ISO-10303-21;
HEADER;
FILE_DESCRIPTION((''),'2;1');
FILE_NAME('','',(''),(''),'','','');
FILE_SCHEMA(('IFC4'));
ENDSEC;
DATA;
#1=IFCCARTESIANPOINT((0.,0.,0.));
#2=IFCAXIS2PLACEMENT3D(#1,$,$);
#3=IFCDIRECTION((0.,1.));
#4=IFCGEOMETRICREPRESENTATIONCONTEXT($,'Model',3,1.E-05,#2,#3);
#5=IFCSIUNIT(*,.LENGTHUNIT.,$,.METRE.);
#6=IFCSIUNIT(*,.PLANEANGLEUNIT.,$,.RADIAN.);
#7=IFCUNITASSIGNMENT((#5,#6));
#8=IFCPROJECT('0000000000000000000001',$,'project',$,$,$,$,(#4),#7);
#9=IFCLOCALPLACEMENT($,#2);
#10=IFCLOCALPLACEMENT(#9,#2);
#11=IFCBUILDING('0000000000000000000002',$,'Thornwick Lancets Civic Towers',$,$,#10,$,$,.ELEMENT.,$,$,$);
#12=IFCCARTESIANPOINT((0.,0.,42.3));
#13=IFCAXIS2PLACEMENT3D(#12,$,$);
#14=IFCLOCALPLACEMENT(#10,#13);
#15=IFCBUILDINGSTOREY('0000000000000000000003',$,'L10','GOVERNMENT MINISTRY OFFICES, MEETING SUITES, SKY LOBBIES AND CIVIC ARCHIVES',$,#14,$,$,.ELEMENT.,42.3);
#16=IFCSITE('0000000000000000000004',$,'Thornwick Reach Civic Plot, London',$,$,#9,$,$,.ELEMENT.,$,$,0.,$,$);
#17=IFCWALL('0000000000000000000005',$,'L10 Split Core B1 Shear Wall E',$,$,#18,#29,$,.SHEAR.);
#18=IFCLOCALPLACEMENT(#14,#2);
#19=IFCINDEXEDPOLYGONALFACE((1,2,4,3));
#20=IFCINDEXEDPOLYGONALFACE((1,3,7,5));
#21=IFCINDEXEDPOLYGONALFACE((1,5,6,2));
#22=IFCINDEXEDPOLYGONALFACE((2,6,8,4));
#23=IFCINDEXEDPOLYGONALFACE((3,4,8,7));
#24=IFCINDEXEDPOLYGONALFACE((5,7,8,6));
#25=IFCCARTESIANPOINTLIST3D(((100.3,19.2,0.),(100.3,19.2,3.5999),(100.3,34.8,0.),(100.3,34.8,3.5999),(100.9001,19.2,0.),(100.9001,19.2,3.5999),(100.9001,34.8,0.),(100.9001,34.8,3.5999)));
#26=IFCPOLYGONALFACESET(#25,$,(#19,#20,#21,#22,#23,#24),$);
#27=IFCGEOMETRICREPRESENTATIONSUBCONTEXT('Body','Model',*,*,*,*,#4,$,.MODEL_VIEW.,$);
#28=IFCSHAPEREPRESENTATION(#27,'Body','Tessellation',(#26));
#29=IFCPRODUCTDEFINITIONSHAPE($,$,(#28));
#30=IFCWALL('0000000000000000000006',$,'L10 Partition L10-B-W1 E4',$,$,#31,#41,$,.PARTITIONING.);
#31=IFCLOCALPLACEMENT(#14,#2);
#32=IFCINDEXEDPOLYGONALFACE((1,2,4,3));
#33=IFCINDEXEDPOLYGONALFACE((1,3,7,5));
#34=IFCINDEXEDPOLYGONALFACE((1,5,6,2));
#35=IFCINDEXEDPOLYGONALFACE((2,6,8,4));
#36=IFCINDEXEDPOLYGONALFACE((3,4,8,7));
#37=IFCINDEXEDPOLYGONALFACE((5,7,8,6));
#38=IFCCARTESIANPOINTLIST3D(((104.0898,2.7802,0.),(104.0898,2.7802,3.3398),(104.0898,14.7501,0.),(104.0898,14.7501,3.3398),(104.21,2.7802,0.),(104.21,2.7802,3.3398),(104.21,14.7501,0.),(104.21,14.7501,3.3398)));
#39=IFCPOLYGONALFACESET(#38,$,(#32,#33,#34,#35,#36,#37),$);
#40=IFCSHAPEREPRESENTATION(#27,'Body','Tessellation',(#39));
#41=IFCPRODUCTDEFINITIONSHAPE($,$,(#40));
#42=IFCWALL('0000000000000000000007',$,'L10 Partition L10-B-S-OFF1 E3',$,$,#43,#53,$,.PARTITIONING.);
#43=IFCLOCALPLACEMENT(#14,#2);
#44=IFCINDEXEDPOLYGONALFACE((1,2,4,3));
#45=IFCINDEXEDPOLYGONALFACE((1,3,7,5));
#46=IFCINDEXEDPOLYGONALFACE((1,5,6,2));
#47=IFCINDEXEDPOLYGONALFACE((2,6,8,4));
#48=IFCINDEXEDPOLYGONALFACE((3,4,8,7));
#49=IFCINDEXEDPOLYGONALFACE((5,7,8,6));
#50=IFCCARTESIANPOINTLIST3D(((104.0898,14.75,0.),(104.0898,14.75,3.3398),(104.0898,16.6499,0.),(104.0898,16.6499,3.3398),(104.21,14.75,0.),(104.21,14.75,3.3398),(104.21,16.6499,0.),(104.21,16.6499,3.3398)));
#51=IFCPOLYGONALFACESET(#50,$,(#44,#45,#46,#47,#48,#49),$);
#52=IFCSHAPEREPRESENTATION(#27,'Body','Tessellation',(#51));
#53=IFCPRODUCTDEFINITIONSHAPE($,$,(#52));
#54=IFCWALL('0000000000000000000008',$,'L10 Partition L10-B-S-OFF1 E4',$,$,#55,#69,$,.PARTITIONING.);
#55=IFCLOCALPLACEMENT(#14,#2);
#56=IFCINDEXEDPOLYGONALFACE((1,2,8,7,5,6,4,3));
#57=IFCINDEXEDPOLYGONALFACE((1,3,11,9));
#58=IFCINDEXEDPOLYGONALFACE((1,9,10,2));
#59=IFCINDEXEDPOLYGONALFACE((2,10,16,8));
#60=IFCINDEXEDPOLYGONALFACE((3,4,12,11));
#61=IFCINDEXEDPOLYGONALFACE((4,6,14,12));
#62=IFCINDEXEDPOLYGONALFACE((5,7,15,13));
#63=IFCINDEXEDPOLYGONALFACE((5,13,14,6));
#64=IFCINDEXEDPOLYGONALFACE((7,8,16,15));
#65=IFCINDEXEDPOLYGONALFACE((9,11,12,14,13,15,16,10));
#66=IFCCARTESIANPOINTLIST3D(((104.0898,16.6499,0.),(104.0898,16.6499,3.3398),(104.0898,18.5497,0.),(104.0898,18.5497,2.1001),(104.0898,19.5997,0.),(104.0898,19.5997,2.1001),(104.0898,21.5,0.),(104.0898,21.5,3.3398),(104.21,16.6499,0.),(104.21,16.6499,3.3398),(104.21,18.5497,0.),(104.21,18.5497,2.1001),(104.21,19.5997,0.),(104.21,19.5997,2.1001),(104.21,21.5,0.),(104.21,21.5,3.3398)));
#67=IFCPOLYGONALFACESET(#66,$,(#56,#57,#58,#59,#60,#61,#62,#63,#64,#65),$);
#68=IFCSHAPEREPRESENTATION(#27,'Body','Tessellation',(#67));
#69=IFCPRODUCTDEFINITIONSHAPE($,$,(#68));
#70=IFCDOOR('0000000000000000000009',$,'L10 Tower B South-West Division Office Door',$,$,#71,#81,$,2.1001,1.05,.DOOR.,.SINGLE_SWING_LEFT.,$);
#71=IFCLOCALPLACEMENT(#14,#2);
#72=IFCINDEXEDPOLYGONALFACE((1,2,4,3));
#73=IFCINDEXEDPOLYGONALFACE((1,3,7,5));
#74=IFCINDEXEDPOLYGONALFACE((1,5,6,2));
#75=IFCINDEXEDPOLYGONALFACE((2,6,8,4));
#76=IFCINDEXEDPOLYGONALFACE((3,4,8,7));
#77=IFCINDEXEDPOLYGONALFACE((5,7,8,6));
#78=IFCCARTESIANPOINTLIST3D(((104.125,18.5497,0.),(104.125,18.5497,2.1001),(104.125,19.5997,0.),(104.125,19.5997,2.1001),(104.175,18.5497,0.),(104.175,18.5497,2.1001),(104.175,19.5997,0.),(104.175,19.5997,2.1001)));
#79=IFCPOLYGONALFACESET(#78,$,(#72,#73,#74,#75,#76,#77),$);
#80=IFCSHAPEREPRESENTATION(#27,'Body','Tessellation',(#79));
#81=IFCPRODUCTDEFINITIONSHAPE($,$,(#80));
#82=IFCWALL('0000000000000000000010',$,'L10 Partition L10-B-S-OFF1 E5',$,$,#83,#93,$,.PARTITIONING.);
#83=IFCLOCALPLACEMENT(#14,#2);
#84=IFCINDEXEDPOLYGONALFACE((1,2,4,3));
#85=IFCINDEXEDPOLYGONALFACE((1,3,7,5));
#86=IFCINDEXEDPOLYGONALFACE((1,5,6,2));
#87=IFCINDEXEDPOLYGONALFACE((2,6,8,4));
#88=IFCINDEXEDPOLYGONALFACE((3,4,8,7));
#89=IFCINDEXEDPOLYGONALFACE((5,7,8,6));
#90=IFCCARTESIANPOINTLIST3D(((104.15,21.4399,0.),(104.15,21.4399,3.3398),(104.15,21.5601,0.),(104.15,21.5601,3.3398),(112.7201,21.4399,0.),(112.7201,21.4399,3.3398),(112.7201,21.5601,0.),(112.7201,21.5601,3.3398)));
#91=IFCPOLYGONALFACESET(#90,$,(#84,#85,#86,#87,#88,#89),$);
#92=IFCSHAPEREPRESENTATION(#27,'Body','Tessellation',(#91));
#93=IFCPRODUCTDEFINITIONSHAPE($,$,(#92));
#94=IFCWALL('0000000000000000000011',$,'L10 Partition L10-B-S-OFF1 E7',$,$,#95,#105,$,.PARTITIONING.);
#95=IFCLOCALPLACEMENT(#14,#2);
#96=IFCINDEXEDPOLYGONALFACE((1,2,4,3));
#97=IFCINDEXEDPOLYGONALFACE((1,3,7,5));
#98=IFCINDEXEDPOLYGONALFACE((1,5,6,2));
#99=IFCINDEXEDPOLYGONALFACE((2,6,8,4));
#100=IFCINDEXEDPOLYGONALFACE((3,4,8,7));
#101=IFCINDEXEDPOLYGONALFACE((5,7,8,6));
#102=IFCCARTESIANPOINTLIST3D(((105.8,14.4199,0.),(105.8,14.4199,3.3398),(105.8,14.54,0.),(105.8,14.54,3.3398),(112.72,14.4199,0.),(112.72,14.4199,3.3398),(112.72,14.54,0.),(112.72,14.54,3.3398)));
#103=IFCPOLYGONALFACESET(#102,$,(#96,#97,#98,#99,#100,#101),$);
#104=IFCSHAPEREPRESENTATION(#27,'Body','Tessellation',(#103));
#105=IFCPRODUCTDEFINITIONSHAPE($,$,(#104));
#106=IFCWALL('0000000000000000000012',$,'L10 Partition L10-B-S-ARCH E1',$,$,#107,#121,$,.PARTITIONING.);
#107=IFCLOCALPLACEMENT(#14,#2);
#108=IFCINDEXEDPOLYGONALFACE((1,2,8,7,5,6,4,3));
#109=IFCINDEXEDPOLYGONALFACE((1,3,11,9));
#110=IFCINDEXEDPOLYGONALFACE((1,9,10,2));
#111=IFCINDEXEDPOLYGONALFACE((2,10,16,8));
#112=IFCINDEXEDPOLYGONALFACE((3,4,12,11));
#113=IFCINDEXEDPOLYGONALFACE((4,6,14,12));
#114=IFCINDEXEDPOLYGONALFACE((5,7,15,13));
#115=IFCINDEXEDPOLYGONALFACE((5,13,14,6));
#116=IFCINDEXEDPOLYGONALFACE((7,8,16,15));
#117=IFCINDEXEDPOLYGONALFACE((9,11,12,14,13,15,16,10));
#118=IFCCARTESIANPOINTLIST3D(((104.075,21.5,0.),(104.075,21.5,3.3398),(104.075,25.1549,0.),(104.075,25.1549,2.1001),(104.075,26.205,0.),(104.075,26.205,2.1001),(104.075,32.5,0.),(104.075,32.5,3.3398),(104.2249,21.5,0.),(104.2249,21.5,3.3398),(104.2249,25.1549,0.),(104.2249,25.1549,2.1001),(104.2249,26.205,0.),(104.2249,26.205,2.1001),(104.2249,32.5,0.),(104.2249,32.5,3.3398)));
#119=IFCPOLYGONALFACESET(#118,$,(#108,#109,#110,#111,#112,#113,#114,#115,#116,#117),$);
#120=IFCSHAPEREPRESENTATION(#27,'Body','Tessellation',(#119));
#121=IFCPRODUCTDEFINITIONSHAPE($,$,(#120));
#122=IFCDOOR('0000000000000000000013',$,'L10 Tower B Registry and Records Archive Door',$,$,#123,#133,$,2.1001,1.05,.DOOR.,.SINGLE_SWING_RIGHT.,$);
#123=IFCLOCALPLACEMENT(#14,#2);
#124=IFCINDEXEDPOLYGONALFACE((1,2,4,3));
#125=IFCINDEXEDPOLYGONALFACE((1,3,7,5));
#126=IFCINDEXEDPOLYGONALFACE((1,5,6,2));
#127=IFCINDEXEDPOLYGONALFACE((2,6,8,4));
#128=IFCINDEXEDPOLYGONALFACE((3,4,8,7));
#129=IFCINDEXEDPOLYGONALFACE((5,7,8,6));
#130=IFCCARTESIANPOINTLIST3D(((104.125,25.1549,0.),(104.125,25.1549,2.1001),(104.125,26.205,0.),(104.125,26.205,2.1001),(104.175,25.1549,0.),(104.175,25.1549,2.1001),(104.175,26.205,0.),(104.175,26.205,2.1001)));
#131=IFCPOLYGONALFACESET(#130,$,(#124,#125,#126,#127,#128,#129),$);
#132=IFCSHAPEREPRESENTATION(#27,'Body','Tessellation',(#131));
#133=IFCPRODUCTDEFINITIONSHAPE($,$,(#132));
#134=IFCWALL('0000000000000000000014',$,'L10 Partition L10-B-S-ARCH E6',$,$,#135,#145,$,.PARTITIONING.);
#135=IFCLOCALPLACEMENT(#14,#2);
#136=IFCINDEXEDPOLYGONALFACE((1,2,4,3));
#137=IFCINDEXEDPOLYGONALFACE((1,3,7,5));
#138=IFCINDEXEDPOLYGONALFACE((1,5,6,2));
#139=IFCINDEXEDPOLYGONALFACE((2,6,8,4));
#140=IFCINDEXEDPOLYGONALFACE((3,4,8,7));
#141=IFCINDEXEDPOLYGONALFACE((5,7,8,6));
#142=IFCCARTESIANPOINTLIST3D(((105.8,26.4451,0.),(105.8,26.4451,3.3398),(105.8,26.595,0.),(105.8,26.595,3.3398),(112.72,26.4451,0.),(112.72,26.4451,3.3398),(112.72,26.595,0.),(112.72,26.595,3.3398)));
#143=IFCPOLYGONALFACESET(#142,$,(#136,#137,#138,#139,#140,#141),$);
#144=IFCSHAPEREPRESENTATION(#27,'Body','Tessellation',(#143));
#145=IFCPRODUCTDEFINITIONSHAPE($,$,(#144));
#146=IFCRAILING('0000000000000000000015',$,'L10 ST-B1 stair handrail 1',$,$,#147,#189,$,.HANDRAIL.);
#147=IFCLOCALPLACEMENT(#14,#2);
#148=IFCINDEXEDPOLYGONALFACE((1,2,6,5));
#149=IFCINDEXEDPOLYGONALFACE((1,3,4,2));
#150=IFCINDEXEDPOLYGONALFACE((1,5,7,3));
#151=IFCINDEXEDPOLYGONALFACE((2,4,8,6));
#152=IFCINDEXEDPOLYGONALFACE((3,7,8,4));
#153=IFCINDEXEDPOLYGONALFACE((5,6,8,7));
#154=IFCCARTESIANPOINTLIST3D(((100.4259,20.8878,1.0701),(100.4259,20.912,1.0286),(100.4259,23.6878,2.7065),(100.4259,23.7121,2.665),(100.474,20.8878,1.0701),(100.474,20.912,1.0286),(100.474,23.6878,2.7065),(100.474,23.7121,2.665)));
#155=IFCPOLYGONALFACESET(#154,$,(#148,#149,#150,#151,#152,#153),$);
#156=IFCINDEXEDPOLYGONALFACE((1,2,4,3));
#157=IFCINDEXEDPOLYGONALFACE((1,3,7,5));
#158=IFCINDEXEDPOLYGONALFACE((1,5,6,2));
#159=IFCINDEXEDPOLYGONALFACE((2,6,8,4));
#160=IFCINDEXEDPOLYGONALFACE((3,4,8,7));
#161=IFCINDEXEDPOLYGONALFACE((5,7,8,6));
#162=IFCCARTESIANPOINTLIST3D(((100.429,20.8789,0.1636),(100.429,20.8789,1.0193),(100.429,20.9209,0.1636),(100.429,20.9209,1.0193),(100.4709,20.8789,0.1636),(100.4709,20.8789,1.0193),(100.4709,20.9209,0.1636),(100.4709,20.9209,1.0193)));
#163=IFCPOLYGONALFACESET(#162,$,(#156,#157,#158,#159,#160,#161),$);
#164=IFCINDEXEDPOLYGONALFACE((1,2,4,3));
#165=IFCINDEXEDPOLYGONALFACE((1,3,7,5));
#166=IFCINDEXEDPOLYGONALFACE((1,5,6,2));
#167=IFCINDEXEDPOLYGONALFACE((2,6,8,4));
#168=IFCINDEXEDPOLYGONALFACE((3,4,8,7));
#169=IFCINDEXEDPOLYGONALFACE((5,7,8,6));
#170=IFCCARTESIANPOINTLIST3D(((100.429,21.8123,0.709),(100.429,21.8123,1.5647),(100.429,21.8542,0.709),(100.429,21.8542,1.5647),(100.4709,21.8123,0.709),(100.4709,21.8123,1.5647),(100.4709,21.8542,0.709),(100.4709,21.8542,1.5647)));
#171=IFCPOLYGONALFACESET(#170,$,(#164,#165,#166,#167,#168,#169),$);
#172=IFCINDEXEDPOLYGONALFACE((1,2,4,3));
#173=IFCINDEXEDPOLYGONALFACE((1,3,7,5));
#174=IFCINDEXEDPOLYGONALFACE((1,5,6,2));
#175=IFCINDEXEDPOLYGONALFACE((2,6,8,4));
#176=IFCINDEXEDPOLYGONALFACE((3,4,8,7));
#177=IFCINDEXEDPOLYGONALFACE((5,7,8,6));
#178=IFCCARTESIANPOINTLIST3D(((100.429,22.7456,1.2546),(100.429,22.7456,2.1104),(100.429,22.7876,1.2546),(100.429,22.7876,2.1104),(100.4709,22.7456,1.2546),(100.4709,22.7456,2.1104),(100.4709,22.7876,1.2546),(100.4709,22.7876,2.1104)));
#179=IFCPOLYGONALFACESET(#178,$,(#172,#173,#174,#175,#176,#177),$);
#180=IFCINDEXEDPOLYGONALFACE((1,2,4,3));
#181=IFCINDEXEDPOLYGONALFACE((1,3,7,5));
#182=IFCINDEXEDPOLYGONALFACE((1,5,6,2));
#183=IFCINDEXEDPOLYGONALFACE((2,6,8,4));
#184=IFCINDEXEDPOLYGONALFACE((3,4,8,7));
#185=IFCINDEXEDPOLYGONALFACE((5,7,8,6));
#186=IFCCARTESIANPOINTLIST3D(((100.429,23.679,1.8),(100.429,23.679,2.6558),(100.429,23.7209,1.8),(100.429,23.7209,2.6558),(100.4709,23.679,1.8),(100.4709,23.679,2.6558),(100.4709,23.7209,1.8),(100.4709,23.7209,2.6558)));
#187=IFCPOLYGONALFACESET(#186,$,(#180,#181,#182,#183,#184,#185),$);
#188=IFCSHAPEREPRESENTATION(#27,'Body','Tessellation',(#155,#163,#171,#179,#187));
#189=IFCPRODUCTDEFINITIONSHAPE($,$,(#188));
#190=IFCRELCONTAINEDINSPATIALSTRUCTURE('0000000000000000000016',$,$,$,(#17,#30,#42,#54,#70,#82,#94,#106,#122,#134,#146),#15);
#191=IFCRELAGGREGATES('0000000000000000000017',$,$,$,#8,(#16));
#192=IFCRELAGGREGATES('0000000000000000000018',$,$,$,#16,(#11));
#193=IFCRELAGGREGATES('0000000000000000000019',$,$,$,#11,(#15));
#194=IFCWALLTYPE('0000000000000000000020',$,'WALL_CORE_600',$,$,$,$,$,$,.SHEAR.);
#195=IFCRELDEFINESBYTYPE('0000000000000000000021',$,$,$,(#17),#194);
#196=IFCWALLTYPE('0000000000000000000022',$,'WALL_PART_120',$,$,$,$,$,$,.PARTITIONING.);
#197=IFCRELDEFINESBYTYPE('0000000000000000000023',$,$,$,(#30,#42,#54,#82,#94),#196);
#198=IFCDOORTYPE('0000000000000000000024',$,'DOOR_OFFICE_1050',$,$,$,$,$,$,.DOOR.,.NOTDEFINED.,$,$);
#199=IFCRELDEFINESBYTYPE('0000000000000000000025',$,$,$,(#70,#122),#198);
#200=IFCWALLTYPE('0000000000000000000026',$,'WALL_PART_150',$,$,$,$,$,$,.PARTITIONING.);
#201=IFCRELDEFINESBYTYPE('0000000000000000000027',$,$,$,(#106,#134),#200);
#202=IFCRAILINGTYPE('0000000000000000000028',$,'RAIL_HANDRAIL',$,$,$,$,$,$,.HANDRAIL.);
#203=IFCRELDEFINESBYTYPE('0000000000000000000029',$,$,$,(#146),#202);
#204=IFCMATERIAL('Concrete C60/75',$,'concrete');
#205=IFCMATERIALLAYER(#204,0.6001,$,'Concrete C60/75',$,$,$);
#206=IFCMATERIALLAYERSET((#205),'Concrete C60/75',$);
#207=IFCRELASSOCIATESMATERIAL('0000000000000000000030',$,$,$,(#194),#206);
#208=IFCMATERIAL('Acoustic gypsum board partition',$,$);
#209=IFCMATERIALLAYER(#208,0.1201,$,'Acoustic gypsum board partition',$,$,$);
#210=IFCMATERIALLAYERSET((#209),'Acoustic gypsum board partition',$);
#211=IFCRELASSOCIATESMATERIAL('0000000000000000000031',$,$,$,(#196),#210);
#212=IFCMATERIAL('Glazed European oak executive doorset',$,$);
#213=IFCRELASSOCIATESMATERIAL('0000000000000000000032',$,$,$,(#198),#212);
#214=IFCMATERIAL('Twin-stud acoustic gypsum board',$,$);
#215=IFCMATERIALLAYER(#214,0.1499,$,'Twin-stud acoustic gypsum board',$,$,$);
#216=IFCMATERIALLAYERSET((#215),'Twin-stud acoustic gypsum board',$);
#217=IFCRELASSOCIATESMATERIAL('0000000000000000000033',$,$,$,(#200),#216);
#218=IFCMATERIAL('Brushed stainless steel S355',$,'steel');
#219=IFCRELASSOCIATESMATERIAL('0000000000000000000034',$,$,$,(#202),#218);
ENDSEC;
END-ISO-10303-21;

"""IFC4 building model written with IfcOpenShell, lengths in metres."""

from ifc_helpers import new_model, si_unit, direction, frame, frame_2d, origin, origin_2d, place, context, subcontext, project, spatial, rectangle, extrude, material, layer, layer_set, type_object, element, fill, save


model = new_model("IFC4")

# Units and contexts
model_context = context("Model", 3, precision=1e-05, world=origin(), true_north=direction((0.0, 1.0)))
body_context = subcontext(model_context, "Body", "Model", "MODEL_VIEW")
ifc_project = project(units=[si_unit("LENGTHUNIT", "METRE"), si_unit("PLANEANGLEUNIT", "RADIAN")], contexts=[model_context])

# Site, building, storey
site_placement = place(None, origin())
site = spatial("IfcSite", under=ifc_project, at=site_placement, Name="Thornwick Reach Civic Plot, London", CompositionType="ELEMENT", RefElevation=0.0)
building_placement = place(site_placement, origin())
building = spatial("IfcBuilding", under=site, at=building_placement, Name="Thornwick Lancets Civic Towers", CompositionType="ELEMENT")
storey_placement = place(building_placement, frame((0.0, 0.0, 42.3)))
storey = spatial("IfcBuildingStorey", under=building, at=storey_placement, Name="L10", Description="GOVERNMENT MINISTRY OFFICES, MEETING SUITES, SKY LOBBIES AND CIVIC ARCHIVES", CompositionType="ELEMENT", Elevation=42.3)

# Shared definitions
ifc_material_1 = material(Name="Concrete C60/75", Category="concrete")

# Walls
ifc_layer_1 = layer(ifc_material_1, 0.6001, Name="Concrete C60/75")
ifc_layer_set_1 = layer_set([ifc_layer_1], Name="Concrete C60/75")
wall_type_1 = type_object("IfcWallType", Name="WALL_CORE_600", PredefinedType="SHEAR", material=ifc_layer_set_1)
wall_1_placement = place(storey_placement, frame((100.6001, 19.2, 0.0), z_axis=(0.0, 0.0, 1.0), x_axis=(0.0, 1.0, 0.0)))
element("IfcWall", 1, at=wall_1_placement, inside=storey, type_object=wall_type_1, Name="L10 Split Core B1 Shear Wall E", PredefinedType="SHEAR", context=body_context, shape_type="SweptSolid", body=[
    extrude(rectangle(XDim=15.6001, YDim=0.6001, at=frame_2d((7.8, 0.0))), origin(), (0.0, 0.0, 1.0), 3.5999),
])
ifc_material_2 = material(Name="Acoustic gypsum board partition")
ifc_layer_2 = layer(ifc_material_2, 0.1201, Name="Acoustic gypsum board partition")
ifc_layer_set_2 = layer_set([ifc_layer_2], Name="Acoustic gypsum board partition")
wall_type_2 = type_object("IfcWallType", Name="WALL_PART_120", PredefinedType="PARTITIONING", material=ifc_layer_set_2)
wall_2_placement = place(storey_placement, frame((104.1499, 14.75, 0.0), z_axis=(0.0, 0.0, 1.0), x_axis=(0.0, -1.0, 0.0)))
element("IfcWall", 2, at=wall_2_placement, inside=storey, type_object=wall_type_2, Name="L10 Partition L10-B-W1 E4", PredefinedType="PARTITIONING", context=body_context, shape_type="SweptSolid", body=[
    extrude(rectangle(XDim=11.97, YDim=0.1201, at=frame_2d((5.9849, 0.0))), origin(), (0.0, 0.0, 1.0), 3.3398),
])
wall_3_placement = place(storey_placement, frame((104.1499, 14.75, 0.0), z_axis=(0.0, 0.0, 1.0), x_axis=(0.0, 1.0, 0.0)))
element("IfcWall", 3, at=wall_3_placement, inside=storey, type_object=wall_type_2, Name="L10 Partition L10-B-S-OFF1 E3", PredefinedType="PARTITIONING", context=body_context, shape_type="SweptSolid", body=[
    extrude(rectangle(XDim=1.8999, YDim=0.1201, at=frame_2d((0.95, 0.0))), origin(), (0.0, 0.0, 1.0), 3.3398),
])

# Wall, opening, door
wall_4_placement = place(storey_placement, frame((104.1499, 16.6499, 0.0), z_axis=(0.0, 0.0, 1.0), x_axis=(0.0, 1.0, 0.0)))
wall_4 = element("IfcWall", 4, at=wall_4_placement, inside=storey, type_object=wall_type_2, Name="L10 Partition L10-B-S-OFF1 E4", PredefinedType="PARTITIONING", context=body_context, shape_type="SweptSolid", body=[
    extrude(rectangle(XDim=4.8501, YDim=0.1201, at=frame_2d((2.425, 0.0))), origin(), (0.0, 0.0, 1.0), 3.3398),
])
opening_1_placement = place(wall_4_placement, frame((1.8999, 0.0, 0.0)))
opening_1 = element("IfcOpeningElement", 5, at=opening_1_placement, cuts=wall_4, PredefinedType="OPENING", context=body_context, shape_type="SweptSolid", body=[
    extrude(rectangle(XDim=1.05, YDim=2.1001, at=frame_2d((0.5249, 1.05))), frame((0.0, 0.0701, 0.0), z_axis=(0.0, -1.0, 0.0), x_axis=(1.0, 0.0, 0.0)), (0.0, 0.0, 1.0), 0.1401),
])
ifc_material_3 = material(Name="Glazed European oak executive doorset")
door_type = type_object("IfcDoorType", Name="DOOR_OFFICE_1050", OperationType="NOTDEFINED", PredefinedType="DOOR", material=ifc_material_3)
door_1_placement = place(opening_1_placement, origin())
door_1 = element("IfcDoor", 6, at=door_1_placement, inside=storey, type_object=door_type, Name="L10 Tower B South-West Division Office Door", OperationType="SINGLE_SWING_LEFT", OverallHeight=2.1001, OverallWidth=1.05, PredefinedType="DOOR", context=body_context, shape_type="SweptSolid", body=[
    extrude(rectangle(XDim=1.05, YDim=2.1001, at=frame_2d((0.5249, 1.05))), frame((0.0, 0.0249, 0.0), z_axis=(0.0, -1.0, 0.0), x_axis=(1.0, 0.0, 0.0)), (0.0, 0.0, 1.0), 0.05),
])
fill(opening_1, door_1)

# Walls
wall_5_placement = place(storey_placement, frame((104.1499, 21.5, 0.0), z_axis=(0.0, 0.0, 1.0), x_axis=(1.0, 0.0, 0.0)))
element("IfcWall", 7, at=wall_5_placement, inside=storey, type_object=wall_type_2, Name="L10 Partition L10-B-S-OFF1 E5", PredefinedType="PARTITIONING", context=body_context, shape_type="SweptSolid", body=[
    extrude(rectangle(XDim=8.5701, YDim=0.1201, at=frame_2d((4.2852, 0.0))), origin(), (0.0, 0.0, 1.0), 3.3398),
])
wall_6_placement = place(storey_placement, frame((112.72, 14.48, 0.0), z_axis=(0.0, 0.0, 1.0), x_axis=(-1.0, 0.0, 0.0)))
element("IfcWall", 8, at=wall_6_placement, inside=storey, type_object=wall_type_2, Name="L10 Partition L10-B-S-OFF1 E7", PredefinedType="PARTITIONING", context=body_context, shape_type="SweptSolid", body=[
    extrude(rectangle(XDim=6.9199, YDim=0.1201, at=frame_2d((3.46, 0.0))), origin(), (0.0, 0.0, 1.0), 3.3398),
])

# Wall, opening, door
ifc_material_4 = material(Name="Twin-stud acoustic gypsum board")
ifc_layer_3 = layer(ifc_material_4, 0.1499, Name="Twin-stud acoustic gypsum board")
ifc_layer_set_3 = layer_set([ifc_layer_3], Name="Twin-stud acoustic gypsum board")
wall_type_3 = type_object("IfcWallType", Name="WALL_PART_150", PredefinedType="PARTITIONING", material=ifc_layer_set_3)
wall_7_placement = place(storey_placement, frame((104.1499, 21.5, 0.0), z_axis=(0.0, 0.0, 1.0), x_axis=(0.0, 1.0, 0.0)))
wall_7 = element("IfcWall", 9, at=wall_7_placement, inside=storey, type_object=wall_type_3, Name="L10 Partition L10-B-S-ARCH E1", PredefinedType="PARTITIONING", context=body_context, shape_type="SweptSolid", body=[
    extrude(rectangle(XDim=11.0, YDim=0.1499, at=frame_2d((5.5, 0.0))), origin(), (0.0, 0.0, 1.0), 3.3398),
])
opening_2_placement = place(wall_7_placement, frame((3.655, 0.0, 0.0)))
opening_2 = element("IfcOpeningElement", 10, at=opening_2_placement, cuts=wall_7, PredefinedType="OPENING", context=body_context, shape_type="SweptSolid", body=[
    extrude(rectangle(XDim=1.05, YDim=2.1001, at=frame_2d((0.5249, 1.05))), frame((0.0, 0.085, 0.0), z_axis=(0.0, -1.0, 0.0), x_axis=(1.0, 0.0, 0.0)), (0.0, 0.0, 1.0), 0.1699),
])
door_2_placement = place(opening_2_placement, origin())
door_2 = element("IfcDoor", 11, at=door_2_placement, inside=storey, type_object=door_type, Name="L10 Tower B Registry and Records Archive Door", OperationType="SINGLE_SWING_RIGHT", OverallHeight=2.1001, OverallWidth=1.05, PredefinedType="DOOR", context=body_context, shape_type="SweptSolid", body=[
    extrude(rectangle(XDim=1.05, YDim=2.1001, at=frame_2d((0.5249, 1.05))), frame((0.0, 0.0249, 0.0), z_axis=(0.0, -1.0, 0.0), x_axis=(1.0, 0.0, 0.0)), (0.0, 0.0, 1.0), 0.05),
])
fill(opening_2, door_2)

# Wall
wall_8_placement = place(storey_placement, frame((105.8, 26.52, 0.0), z_axis=(0.0, 0.0, 1.0), x_axis=(1.0, 0.0, 0.0)))
element("IfcWall", 12, at=wall_8_placement, inside=storey, type_object=wall_type_3, Name="L10 Partition L10-B-S-ARCH E6", PredefinedType="PARTITIONING", context=body_context, shape_type="SweptSolid", body=[
    extrude(rectangle(XDim=6.9199, YDim=0.1499, at=frame_2d((3.46, 0.0))), origin(), (0.0, 0.0, 1.0), 3.3398),
])

# Railing
ifc_material_5 = material(Name="Brushed stainless steel S355", Category="steel")
railing_type = type_object("IfcRailingType", Name="RAIL_HANDRAIL", PredefinedType="HANDRAIL", material=ifc_material_5)
railing_placement = place(storey_placement, frame((100.45, 20.8999, 0.1636)))
element("IfcRailing", 13, at=railing_placement, inside=storey, type_object=railing_type, Name="L10 ST-B1 stair handrail 1", PredefinedType="HANDRAIL", context=body_context, shape_type="SweptSolid", body=[
    extrude(rectangle(XDim=0.0481, YDim=0.0481, at=origin_2d()), frame((0.0, 0.0, 0.8857), z_axis=(0.0, 0.863361, 0.504587), x_axis=(-1.0, 0.0, 0.0)), (0.0, 0.0, 1.0), 3.2432),
    extrude(rectangle(XDim=0.042, YDim=0.042, at=origin_2d()), origin(), (0.0, 0.0, 1.0), 0.8557),
    extrude(rectangle(XDim=0.042, YDim=0.042, at=origin_2d()), frame((0.0, 0.9333, 0.5454)), (0.0, 0.0, 1.0), 0.8557),
    extrude(rectangle(XDim=0.042, YDim=0.042, at=origin_2d()), frame((0.0, 1.8667, 1.0911)), (0.0, 0.0, 1.0), 0.8557),
    extrude(rectangle(XDim=0.042, YDim=0.042, at=origin_2d()), frame((0.0, 2.8, 1.6365)), (0.0, 0.0, 1.0), 0.8557),
])

save(model, "model.ifc")
